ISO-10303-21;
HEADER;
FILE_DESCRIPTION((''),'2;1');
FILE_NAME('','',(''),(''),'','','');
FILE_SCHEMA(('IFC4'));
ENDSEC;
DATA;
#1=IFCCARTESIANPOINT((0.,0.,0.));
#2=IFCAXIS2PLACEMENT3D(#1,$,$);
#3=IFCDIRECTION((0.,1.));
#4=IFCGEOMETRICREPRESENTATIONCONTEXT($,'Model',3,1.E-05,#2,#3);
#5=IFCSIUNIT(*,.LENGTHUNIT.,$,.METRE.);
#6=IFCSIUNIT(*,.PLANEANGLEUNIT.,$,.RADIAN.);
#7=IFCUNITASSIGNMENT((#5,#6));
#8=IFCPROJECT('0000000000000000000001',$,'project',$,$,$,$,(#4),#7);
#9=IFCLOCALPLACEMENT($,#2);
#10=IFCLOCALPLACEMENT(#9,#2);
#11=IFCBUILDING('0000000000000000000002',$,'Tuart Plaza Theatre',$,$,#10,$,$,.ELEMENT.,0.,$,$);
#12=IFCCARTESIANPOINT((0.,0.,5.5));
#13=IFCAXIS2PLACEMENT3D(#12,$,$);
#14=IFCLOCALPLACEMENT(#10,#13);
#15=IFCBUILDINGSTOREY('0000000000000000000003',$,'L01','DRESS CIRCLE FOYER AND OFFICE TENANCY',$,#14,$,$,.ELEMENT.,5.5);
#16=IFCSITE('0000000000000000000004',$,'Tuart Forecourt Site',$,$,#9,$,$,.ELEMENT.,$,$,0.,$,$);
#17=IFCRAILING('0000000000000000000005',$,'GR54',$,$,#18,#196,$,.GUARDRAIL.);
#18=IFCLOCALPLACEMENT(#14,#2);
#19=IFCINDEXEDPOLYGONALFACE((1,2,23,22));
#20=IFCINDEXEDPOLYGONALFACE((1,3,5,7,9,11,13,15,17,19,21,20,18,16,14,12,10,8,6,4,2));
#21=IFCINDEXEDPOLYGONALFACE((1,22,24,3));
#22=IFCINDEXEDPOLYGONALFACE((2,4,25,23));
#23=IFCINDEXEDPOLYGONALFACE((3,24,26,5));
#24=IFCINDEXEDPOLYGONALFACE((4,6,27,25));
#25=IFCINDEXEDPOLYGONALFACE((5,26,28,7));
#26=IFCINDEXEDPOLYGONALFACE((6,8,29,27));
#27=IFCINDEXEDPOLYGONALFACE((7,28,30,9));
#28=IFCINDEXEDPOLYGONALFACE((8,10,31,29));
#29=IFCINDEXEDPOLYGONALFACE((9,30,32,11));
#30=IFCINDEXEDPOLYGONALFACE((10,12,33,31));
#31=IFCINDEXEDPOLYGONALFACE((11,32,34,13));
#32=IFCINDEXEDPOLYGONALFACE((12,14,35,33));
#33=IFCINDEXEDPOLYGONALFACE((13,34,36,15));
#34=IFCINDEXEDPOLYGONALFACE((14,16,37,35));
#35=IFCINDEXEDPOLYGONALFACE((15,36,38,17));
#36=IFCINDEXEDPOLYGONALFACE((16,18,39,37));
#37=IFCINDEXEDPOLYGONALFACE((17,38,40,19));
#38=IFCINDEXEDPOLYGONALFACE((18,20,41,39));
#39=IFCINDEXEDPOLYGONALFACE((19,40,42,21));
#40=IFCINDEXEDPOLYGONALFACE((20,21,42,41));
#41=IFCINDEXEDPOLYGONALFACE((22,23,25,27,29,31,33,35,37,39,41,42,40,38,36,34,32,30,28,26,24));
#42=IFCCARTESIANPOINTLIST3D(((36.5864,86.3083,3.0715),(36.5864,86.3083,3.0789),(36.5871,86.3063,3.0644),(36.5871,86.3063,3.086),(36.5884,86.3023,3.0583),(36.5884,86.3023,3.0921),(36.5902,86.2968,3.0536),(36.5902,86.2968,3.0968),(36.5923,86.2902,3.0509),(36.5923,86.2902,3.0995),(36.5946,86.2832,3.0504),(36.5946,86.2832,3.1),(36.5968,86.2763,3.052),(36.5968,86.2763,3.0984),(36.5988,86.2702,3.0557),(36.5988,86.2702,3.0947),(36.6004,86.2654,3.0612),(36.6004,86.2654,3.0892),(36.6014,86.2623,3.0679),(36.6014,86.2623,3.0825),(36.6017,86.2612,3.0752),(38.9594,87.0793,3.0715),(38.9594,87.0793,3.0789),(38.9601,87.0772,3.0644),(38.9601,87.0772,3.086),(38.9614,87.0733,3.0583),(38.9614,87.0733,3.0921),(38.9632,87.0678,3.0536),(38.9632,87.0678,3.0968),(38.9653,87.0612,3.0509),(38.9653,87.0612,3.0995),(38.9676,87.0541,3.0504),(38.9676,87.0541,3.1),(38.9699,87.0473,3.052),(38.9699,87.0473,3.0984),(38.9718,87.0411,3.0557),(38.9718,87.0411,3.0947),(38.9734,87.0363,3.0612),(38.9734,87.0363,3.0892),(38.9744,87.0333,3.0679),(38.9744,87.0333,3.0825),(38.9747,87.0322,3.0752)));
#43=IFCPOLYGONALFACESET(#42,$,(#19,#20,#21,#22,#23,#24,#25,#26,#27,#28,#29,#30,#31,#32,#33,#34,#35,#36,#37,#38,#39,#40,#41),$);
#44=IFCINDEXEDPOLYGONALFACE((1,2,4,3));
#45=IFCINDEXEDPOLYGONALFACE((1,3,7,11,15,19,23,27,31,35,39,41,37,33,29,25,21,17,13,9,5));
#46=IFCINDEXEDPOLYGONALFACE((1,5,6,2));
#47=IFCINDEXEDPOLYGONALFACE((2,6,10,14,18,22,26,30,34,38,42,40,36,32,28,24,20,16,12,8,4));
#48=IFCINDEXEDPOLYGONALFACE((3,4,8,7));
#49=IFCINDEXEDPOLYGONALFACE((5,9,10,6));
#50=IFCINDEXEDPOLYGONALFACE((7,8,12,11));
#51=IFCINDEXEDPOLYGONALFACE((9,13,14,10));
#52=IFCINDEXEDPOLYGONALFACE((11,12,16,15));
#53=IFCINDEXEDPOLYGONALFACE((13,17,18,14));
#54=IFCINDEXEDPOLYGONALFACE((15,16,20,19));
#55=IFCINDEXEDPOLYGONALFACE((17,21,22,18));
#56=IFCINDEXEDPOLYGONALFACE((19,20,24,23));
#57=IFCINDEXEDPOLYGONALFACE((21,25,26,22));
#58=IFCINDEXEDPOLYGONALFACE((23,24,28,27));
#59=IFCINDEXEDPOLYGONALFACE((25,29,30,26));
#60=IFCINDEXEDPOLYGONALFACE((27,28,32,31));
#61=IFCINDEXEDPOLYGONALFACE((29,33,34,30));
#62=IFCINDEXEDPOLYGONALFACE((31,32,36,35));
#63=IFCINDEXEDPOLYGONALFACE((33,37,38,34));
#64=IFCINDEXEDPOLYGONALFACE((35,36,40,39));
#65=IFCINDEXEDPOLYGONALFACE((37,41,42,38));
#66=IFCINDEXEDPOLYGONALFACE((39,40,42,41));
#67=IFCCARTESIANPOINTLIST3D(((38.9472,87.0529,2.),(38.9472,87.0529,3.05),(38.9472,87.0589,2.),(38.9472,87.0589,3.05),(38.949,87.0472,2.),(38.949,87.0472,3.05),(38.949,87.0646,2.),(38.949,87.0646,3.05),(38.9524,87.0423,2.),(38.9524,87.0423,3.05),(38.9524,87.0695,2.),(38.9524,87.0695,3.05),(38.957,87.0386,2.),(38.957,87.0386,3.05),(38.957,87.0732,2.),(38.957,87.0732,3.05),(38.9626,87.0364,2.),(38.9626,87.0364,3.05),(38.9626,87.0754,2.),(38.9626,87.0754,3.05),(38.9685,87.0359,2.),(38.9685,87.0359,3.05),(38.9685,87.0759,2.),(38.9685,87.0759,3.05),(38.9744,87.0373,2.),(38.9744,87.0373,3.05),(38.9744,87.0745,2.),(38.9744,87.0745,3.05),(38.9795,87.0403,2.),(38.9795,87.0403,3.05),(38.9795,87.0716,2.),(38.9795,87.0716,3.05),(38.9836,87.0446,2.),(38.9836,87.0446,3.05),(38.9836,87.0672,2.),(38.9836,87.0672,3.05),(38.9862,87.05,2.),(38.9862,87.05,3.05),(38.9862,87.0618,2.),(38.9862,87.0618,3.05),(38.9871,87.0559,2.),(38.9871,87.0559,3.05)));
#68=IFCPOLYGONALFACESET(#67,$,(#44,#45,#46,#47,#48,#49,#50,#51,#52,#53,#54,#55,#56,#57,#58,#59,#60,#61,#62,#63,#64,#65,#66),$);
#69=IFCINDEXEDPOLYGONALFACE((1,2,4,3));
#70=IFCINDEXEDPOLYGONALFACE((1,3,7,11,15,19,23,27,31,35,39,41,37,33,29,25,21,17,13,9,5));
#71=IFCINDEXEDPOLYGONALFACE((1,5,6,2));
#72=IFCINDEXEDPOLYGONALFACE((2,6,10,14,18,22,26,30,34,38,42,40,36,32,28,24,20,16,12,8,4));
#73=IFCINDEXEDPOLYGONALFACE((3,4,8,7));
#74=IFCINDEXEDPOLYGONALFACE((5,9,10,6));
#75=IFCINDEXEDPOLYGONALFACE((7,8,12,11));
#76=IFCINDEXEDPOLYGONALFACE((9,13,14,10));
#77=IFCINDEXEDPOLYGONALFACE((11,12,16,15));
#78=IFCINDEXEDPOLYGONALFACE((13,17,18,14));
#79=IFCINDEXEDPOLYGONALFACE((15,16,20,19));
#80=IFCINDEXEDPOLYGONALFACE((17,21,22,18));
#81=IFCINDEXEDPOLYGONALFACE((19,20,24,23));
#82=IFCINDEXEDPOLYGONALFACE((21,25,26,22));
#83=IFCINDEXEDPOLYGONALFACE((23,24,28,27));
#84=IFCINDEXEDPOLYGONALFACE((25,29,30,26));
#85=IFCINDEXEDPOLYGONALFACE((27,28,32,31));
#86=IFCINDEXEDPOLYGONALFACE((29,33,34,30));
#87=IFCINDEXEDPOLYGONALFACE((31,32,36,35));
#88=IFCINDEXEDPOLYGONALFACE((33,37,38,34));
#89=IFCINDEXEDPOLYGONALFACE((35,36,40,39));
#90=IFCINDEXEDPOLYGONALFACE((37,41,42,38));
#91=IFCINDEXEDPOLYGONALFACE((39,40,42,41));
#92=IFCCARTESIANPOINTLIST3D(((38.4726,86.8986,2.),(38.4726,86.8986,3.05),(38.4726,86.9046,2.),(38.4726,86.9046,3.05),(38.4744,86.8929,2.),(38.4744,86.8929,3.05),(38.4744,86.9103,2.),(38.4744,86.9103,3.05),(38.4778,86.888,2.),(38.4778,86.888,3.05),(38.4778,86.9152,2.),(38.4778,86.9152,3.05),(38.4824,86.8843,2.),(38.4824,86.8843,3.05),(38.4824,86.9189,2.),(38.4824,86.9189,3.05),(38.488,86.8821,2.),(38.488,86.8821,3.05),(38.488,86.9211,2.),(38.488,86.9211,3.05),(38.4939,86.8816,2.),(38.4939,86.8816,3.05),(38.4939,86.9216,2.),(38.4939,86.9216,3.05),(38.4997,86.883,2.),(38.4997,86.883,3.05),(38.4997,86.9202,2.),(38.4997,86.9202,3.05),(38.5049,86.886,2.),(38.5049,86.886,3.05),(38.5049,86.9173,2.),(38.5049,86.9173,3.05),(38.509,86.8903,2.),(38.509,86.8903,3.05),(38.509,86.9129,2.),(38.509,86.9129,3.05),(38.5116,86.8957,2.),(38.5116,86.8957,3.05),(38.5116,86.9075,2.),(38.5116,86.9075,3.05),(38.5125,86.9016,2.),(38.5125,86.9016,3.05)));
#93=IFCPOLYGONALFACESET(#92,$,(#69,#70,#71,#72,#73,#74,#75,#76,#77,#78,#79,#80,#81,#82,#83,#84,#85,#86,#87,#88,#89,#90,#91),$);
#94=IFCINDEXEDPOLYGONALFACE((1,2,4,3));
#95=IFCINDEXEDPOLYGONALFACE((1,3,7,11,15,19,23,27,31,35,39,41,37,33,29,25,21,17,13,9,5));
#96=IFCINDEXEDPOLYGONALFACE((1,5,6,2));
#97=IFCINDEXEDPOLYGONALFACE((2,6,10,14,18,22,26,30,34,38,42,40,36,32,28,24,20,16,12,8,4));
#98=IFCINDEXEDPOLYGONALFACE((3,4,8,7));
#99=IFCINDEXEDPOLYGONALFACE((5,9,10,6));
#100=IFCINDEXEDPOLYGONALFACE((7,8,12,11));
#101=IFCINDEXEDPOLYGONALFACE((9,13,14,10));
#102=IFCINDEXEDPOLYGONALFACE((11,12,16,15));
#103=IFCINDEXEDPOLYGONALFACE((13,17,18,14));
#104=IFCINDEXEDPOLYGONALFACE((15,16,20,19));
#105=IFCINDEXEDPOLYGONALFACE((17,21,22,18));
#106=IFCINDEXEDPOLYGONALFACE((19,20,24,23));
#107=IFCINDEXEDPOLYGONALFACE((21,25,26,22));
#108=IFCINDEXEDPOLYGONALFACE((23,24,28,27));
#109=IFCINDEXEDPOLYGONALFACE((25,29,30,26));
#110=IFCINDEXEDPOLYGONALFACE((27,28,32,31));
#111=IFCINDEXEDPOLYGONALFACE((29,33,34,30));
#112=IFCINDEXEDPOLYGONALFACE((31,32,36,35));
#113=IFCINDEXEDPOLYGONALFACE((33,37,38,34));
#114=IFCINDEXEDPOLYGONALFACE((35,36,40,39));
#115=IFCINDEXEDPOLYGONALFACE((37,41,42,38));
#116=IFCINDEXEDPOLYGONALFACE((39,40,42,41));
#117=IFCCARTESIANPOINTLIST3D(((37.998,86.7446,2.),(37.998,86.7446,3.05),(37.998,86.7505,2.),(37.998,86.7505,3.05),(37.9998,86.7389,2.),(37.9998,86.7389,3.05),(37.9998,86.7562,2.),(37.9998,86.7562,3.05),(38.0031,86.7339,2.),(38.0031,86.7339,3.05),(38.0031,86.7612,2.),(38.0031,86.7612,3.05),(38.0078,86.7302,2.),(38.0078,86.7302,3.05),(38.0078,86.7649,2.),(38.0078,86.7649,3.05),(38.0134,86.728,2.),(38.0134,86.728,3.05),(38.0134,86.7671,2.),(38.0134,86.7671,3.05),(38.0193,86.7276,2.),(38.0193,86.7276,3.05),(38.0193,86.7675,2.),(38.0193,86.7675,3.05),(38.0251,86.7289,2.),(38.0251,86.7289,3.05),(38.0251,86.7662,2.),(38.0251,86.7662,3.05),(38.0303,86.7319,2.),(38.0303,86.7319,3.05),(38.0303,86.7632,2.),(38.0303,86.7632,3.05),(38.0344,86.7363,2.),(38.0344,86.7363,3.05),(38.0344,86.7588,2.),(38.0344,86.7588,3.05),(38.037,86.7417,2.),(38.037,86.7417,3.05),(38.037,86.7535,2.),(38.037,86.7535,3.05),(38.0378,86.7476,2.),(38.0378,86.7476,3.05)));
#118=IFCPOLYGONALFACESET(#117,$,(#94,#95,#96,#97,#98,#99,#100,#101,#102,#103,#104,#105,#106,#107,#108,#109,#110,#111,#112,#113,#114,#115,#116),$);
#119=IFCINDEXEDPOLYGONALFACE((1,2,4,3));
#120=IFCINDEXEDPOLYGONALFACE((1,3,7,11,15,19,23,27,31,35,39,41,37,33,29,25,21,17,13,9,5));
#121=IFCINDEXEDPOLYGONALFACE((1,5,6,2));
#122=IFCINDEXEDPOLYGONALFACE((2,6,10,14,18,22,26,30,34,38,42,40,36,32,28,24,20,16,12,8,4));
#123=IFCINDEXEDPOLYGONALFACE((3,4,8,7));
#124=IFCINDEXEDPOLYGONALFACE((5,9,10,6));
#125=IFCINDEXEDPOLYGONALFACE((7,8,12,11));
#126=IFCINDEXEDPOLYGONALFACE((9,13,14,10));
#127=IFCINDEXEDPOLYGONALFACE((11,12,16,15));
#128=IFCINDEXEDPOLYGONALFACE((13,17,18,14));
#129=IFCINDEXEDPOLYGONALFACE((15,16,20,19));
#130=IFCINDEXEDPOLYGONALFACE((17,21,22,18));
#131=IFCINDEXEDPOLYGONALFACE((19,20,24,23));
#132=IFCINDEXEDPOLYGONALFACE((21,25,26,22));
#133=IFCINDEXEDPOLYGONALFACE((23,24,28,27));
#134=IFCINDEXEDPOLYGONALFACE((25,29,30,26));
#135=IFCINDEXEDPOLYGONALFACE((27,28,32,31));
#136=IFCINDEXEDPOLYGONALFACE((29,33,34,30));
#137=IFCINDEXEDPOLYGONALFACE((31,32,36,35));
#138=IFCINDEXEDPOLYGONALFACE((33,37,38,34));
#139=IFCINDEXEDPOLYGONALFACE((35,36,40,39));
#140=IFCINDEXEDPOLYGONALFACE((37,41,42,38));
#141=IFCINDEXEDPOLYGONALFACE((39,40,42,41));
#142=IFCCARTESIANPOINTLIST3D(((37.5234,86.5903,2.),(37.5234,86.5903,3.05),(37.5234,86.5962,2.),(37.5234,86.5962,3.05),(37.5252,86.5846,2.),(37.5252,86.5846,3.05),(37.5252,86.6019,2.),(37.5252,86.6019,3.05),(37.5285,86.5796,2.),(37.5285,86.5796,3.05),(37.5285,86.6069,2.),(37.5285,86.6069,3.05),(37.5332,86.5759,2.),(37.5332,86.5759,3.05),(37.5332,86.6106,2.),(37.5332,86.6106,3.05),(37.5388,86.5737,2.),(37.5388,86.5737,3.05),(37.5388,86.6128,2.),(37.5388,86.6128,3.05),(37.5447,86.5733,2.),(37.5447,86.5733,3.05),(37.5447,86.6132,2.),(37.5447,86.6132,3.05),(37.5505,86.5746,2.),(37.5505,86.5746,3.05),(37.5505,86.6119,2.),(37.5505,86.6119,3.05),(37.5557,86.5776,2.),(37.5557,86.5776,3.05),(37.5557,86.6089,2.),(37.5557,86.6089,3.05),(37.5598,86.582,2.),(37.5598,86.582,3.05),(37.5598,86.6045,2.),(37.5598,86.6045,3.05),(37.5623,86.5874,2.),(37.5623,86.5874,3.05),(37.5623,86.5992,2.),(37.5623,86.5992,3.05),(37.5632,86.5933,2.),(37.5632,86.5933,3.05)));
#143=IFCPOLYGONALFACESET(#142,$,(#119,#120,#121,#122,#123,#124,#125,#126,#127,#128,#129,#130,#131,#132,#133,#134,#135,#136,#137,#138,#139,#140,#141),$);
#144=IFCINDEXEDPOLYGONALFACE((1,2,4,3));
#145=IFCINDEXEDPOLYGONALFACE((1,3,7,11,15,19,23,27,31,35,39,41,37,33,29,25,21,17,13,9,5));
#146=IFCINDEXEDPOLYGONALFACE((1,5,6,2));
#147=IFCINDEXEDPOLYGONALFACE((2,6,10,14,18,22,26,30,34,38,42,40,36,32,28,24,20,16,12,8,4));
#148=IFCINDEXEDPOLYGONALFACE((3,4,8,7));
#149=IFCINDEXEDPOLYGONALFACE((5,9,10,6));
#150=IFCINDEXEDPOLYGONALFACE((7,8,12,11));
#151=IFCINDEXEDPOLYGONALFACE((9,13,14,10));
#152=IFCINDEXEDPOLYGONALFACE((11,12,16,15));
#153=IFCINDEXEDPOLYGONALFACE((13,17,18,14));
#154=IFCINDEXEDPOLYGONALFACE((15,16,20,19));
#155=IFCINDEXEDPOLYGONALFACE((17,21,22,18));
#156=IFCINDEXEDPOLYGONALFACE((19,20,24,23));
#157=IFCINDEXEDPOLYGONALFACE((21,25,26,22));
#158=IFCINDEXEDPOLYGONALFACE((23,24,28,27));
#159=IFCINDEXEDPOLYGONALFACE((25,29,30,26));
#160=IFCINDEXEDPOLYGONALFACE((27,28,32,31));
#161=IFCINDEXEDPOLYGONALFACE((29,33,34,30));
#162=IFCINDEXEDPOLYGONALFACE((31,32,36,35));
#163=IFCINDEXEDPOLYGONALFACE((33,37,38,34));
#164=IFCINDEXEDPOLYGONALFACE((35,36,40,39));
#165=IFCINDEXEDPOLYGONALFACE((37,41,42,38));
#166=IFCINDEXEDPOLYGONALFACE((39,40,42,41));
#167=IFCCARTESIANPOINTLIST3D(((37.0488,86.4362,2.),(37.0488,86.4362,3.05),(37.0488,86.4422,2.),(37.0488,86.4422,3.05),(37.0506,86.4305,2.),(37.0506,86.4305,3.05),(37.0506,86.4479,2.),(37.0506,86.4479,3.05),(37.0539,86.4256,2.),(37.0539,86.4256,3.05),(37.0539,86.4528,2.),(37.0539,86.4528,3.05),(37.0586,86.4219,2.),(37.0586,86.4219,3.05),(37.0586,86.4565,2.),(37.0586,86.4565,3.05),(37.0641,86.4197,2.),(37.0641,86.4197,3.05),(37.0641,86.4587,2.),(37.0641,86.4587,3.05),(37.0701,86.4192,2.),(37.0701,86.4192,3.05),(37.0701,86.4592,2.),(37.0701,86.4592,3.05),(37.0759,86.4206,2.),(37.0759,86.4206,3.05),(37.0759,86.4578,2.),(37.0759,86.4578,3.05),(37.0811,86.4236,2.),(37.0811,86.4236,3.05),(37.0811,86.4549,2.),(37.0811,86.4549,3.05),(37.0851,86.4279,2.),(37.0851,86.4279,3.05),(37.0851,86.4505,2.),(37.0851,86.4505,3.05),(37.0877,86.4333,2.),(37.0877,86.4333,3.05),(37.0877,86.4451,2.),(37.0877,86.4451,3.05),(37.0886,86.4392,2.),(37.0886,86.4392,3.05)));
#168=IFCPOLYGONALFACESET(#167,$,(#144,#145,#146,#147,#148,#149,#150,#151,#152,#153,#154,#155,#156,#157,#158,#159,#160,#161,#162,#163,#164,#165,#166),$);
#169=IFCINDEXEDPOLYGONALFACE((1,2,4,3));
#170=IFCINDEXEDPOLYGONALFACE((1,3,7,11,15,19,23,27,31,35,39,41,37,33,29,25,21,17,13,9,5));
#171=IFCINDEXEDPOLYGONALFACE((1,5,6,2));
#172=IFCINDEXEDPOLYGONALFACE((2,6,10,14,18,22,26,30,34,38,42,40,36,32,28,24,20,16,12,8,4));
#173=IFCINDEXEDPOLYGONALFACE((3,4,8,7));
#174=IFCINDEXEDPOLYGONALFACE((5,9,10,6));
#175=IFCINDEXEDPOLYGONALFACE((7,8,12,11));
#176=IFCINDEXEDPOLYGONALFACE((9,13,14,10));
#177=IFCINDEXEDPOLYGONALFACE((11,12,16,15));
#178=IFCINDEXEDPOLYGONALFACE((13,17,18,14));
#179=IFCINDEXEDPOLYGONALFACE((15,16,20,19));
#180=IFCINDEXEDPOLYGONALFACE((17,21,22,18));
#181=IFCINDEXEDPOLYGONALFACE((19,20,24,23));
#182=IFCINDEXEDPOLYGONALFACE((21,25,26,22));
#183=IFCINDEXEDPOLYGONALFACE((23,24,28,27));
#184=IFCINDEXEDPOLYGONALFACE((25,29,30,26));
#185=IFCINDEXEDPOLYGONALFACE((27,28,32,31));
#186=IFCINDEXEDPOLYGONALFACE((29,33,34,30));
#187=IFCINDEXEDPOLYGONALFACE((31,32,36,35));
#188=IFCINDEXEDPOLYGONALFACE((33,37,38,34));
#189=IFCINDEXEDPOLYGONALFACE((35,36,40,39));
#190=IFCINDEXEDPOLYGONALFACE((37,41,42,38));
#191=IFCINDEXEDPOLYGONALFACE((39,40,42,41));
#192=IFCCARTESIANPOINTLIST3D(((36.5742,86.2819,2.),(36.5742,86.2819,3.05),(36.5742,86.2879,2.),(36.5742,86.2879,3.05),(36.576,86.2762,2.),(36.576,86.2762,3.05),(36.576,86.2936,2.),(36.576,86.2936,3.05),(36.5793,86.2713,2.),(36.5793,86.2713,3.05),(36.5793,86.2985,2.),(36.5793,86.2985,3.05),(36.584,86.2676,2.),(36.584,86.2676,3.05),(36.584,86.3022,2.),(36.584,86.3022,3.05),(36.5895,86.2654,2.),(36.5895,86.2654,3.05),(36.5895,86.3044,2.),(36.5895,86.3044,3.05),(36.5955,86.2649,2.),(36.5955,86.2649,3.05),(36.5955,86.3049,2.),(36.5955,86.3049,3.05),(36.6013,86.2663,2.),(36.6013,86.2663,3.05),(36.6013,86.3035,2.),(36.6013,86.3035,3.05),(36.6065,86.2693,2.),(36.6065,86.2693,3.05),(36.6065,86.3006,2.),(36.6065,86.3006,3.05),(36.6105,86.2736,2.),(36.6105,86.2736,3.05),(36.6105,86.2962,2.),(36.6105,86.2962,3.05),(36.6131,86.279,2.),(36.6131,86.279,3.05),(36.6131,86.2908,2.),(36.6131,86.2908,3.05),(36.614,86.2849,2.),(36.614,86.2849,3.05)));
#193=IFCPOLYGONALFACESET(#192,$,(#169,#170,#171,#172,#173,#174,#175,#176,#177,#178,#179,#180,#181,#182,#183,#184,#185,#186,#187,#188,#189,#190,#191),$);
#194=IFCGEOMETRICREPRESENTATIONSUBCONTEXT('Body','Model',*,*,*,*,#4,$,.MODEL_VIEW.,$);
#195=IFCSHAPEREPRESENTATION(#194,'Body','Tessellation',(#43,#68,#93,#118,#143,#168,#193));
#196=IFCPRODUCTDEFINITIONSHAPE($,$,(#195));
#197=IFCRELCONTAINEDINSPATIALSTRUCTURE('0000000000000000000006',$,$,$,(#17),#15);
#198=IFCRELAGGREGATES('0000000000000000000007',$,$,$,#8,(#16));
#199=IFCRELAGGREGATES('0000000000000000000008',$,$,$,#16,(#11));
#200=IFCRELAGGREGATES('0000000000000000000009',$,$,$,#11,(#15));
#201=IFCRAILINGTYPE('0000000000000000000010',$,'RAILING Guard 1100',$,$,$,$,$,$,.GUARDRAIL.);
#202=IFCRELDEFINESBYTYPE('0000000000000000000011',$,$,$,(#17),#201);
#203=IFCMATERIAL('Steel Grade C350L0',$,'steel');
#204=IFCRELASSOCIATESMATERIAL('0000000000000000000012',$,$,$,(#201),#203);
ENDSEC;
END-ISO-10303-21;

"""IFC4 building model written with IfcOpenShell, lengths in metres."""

from ifc_helpers import new_model, si_unit, direction, frame, origin, origin_2d, place, context, subcontext, project, spatial, circle, extrude, material, type_object, element, save


model = new_model("IFC4")

# Units and contexts
model_context = context("Model", 3, precision=1e-05, world=origin(), true_north=direction((0.0, 1.0)))
body_context = subcontext(model_context, "Body", "Model", "MODEL_VIEW")
ifc_project = project(units=[si_unit("LENGTHUNIT", "METRE"), si_unit("PLANEANGLEUNIT", "RADIAN")], contexts=[model_context])

# Site, building, storey
site_placement = place(None, origin())
site = spatial("IfcSite", under=ifc_project, at=site_placement, Name="Tuart Forecourt Site", CompositionType="ELEMENT", RefElevation=0.0)
building_placement = place(site_placement, origin())
building = spatial("IfcBuilding", under=site, at=building_placement, Name="Tuart Plaza Theatre", CompositionType="ELEMENT", ElevationOfRefHeight=0.0)
storey_placement = place(building_placement, frame((0.0, 0.0, 5.5)))
storey = spatial("IfcBuildingStorey", under=building, at=storey_placement, Name="L01", Description="DRESS CIRCLE FOYER AND OFFICE TENANCY", CompositionType="ELEMENT", Elevation=5.5)

# Railing
ifc_material_1 = material(Name="Steel Grade C350L0", Category="steel")
railing_type = type_object("IfcRailingType", Name="RAILING Guard 1100", PredefinedType="GUARDRAIL", material=ifc_material_1)
railing_1_placement = place(storey_placement, frame((38.967, 87.0559, 2.0)))
element("IfcRailing", 1, at=railing_1_placement, inside=storey, type_object=railing_type, Name="GR54", PredefinedType="GUARDRAIL", context=body_context, shape_type="SweptSolid", body=[
    extrude(circle(Radius=0.0249, at=origin_2d()), frame((0.0, 0.0, 1.0752), z_axis=(-0.951063, -0.308998, 0.0), x_axis=(0.308998, -0.951063, 0.0)), (0.0, 0.0, 1.0), 2.4951),
    extrude(circle(Radius=0.02, at=origin_2d()), origin(), (0.0, 0.0, 1.0), 1.05),
    extrude(circle(Radius=0.02, at=origin_2d()), frame((-0.4746, -0.1543, 0.0)), (0.0, 0.0, 1.0), 1.05),
    extrude(circle(Radius=0.02, at=origin_2d()), frame((-0.9492, -0.3083, 0.0)), (0.0, 0.0, 1.0), 1.05),
    extrude(circle(Radius=0.02, at=origin_2d()), frame((-1.4238, -0.4626, 0.0)), (0.0, 0.0, 1.0), 1.05),
    extrude(circle(Radius=0.02, at=origin_2d()), frame((-1.8984, -0.6167, 0.0)), (0.0, 0.0, 1.0), 1.05),
    extrude(circle(Radius=0.02, at=origin_2d()), frame((-2.373, -0.771, 0.0)), (0.0, 0.0, 1.0), 1.05),
])

save(model, "model.ifc")
